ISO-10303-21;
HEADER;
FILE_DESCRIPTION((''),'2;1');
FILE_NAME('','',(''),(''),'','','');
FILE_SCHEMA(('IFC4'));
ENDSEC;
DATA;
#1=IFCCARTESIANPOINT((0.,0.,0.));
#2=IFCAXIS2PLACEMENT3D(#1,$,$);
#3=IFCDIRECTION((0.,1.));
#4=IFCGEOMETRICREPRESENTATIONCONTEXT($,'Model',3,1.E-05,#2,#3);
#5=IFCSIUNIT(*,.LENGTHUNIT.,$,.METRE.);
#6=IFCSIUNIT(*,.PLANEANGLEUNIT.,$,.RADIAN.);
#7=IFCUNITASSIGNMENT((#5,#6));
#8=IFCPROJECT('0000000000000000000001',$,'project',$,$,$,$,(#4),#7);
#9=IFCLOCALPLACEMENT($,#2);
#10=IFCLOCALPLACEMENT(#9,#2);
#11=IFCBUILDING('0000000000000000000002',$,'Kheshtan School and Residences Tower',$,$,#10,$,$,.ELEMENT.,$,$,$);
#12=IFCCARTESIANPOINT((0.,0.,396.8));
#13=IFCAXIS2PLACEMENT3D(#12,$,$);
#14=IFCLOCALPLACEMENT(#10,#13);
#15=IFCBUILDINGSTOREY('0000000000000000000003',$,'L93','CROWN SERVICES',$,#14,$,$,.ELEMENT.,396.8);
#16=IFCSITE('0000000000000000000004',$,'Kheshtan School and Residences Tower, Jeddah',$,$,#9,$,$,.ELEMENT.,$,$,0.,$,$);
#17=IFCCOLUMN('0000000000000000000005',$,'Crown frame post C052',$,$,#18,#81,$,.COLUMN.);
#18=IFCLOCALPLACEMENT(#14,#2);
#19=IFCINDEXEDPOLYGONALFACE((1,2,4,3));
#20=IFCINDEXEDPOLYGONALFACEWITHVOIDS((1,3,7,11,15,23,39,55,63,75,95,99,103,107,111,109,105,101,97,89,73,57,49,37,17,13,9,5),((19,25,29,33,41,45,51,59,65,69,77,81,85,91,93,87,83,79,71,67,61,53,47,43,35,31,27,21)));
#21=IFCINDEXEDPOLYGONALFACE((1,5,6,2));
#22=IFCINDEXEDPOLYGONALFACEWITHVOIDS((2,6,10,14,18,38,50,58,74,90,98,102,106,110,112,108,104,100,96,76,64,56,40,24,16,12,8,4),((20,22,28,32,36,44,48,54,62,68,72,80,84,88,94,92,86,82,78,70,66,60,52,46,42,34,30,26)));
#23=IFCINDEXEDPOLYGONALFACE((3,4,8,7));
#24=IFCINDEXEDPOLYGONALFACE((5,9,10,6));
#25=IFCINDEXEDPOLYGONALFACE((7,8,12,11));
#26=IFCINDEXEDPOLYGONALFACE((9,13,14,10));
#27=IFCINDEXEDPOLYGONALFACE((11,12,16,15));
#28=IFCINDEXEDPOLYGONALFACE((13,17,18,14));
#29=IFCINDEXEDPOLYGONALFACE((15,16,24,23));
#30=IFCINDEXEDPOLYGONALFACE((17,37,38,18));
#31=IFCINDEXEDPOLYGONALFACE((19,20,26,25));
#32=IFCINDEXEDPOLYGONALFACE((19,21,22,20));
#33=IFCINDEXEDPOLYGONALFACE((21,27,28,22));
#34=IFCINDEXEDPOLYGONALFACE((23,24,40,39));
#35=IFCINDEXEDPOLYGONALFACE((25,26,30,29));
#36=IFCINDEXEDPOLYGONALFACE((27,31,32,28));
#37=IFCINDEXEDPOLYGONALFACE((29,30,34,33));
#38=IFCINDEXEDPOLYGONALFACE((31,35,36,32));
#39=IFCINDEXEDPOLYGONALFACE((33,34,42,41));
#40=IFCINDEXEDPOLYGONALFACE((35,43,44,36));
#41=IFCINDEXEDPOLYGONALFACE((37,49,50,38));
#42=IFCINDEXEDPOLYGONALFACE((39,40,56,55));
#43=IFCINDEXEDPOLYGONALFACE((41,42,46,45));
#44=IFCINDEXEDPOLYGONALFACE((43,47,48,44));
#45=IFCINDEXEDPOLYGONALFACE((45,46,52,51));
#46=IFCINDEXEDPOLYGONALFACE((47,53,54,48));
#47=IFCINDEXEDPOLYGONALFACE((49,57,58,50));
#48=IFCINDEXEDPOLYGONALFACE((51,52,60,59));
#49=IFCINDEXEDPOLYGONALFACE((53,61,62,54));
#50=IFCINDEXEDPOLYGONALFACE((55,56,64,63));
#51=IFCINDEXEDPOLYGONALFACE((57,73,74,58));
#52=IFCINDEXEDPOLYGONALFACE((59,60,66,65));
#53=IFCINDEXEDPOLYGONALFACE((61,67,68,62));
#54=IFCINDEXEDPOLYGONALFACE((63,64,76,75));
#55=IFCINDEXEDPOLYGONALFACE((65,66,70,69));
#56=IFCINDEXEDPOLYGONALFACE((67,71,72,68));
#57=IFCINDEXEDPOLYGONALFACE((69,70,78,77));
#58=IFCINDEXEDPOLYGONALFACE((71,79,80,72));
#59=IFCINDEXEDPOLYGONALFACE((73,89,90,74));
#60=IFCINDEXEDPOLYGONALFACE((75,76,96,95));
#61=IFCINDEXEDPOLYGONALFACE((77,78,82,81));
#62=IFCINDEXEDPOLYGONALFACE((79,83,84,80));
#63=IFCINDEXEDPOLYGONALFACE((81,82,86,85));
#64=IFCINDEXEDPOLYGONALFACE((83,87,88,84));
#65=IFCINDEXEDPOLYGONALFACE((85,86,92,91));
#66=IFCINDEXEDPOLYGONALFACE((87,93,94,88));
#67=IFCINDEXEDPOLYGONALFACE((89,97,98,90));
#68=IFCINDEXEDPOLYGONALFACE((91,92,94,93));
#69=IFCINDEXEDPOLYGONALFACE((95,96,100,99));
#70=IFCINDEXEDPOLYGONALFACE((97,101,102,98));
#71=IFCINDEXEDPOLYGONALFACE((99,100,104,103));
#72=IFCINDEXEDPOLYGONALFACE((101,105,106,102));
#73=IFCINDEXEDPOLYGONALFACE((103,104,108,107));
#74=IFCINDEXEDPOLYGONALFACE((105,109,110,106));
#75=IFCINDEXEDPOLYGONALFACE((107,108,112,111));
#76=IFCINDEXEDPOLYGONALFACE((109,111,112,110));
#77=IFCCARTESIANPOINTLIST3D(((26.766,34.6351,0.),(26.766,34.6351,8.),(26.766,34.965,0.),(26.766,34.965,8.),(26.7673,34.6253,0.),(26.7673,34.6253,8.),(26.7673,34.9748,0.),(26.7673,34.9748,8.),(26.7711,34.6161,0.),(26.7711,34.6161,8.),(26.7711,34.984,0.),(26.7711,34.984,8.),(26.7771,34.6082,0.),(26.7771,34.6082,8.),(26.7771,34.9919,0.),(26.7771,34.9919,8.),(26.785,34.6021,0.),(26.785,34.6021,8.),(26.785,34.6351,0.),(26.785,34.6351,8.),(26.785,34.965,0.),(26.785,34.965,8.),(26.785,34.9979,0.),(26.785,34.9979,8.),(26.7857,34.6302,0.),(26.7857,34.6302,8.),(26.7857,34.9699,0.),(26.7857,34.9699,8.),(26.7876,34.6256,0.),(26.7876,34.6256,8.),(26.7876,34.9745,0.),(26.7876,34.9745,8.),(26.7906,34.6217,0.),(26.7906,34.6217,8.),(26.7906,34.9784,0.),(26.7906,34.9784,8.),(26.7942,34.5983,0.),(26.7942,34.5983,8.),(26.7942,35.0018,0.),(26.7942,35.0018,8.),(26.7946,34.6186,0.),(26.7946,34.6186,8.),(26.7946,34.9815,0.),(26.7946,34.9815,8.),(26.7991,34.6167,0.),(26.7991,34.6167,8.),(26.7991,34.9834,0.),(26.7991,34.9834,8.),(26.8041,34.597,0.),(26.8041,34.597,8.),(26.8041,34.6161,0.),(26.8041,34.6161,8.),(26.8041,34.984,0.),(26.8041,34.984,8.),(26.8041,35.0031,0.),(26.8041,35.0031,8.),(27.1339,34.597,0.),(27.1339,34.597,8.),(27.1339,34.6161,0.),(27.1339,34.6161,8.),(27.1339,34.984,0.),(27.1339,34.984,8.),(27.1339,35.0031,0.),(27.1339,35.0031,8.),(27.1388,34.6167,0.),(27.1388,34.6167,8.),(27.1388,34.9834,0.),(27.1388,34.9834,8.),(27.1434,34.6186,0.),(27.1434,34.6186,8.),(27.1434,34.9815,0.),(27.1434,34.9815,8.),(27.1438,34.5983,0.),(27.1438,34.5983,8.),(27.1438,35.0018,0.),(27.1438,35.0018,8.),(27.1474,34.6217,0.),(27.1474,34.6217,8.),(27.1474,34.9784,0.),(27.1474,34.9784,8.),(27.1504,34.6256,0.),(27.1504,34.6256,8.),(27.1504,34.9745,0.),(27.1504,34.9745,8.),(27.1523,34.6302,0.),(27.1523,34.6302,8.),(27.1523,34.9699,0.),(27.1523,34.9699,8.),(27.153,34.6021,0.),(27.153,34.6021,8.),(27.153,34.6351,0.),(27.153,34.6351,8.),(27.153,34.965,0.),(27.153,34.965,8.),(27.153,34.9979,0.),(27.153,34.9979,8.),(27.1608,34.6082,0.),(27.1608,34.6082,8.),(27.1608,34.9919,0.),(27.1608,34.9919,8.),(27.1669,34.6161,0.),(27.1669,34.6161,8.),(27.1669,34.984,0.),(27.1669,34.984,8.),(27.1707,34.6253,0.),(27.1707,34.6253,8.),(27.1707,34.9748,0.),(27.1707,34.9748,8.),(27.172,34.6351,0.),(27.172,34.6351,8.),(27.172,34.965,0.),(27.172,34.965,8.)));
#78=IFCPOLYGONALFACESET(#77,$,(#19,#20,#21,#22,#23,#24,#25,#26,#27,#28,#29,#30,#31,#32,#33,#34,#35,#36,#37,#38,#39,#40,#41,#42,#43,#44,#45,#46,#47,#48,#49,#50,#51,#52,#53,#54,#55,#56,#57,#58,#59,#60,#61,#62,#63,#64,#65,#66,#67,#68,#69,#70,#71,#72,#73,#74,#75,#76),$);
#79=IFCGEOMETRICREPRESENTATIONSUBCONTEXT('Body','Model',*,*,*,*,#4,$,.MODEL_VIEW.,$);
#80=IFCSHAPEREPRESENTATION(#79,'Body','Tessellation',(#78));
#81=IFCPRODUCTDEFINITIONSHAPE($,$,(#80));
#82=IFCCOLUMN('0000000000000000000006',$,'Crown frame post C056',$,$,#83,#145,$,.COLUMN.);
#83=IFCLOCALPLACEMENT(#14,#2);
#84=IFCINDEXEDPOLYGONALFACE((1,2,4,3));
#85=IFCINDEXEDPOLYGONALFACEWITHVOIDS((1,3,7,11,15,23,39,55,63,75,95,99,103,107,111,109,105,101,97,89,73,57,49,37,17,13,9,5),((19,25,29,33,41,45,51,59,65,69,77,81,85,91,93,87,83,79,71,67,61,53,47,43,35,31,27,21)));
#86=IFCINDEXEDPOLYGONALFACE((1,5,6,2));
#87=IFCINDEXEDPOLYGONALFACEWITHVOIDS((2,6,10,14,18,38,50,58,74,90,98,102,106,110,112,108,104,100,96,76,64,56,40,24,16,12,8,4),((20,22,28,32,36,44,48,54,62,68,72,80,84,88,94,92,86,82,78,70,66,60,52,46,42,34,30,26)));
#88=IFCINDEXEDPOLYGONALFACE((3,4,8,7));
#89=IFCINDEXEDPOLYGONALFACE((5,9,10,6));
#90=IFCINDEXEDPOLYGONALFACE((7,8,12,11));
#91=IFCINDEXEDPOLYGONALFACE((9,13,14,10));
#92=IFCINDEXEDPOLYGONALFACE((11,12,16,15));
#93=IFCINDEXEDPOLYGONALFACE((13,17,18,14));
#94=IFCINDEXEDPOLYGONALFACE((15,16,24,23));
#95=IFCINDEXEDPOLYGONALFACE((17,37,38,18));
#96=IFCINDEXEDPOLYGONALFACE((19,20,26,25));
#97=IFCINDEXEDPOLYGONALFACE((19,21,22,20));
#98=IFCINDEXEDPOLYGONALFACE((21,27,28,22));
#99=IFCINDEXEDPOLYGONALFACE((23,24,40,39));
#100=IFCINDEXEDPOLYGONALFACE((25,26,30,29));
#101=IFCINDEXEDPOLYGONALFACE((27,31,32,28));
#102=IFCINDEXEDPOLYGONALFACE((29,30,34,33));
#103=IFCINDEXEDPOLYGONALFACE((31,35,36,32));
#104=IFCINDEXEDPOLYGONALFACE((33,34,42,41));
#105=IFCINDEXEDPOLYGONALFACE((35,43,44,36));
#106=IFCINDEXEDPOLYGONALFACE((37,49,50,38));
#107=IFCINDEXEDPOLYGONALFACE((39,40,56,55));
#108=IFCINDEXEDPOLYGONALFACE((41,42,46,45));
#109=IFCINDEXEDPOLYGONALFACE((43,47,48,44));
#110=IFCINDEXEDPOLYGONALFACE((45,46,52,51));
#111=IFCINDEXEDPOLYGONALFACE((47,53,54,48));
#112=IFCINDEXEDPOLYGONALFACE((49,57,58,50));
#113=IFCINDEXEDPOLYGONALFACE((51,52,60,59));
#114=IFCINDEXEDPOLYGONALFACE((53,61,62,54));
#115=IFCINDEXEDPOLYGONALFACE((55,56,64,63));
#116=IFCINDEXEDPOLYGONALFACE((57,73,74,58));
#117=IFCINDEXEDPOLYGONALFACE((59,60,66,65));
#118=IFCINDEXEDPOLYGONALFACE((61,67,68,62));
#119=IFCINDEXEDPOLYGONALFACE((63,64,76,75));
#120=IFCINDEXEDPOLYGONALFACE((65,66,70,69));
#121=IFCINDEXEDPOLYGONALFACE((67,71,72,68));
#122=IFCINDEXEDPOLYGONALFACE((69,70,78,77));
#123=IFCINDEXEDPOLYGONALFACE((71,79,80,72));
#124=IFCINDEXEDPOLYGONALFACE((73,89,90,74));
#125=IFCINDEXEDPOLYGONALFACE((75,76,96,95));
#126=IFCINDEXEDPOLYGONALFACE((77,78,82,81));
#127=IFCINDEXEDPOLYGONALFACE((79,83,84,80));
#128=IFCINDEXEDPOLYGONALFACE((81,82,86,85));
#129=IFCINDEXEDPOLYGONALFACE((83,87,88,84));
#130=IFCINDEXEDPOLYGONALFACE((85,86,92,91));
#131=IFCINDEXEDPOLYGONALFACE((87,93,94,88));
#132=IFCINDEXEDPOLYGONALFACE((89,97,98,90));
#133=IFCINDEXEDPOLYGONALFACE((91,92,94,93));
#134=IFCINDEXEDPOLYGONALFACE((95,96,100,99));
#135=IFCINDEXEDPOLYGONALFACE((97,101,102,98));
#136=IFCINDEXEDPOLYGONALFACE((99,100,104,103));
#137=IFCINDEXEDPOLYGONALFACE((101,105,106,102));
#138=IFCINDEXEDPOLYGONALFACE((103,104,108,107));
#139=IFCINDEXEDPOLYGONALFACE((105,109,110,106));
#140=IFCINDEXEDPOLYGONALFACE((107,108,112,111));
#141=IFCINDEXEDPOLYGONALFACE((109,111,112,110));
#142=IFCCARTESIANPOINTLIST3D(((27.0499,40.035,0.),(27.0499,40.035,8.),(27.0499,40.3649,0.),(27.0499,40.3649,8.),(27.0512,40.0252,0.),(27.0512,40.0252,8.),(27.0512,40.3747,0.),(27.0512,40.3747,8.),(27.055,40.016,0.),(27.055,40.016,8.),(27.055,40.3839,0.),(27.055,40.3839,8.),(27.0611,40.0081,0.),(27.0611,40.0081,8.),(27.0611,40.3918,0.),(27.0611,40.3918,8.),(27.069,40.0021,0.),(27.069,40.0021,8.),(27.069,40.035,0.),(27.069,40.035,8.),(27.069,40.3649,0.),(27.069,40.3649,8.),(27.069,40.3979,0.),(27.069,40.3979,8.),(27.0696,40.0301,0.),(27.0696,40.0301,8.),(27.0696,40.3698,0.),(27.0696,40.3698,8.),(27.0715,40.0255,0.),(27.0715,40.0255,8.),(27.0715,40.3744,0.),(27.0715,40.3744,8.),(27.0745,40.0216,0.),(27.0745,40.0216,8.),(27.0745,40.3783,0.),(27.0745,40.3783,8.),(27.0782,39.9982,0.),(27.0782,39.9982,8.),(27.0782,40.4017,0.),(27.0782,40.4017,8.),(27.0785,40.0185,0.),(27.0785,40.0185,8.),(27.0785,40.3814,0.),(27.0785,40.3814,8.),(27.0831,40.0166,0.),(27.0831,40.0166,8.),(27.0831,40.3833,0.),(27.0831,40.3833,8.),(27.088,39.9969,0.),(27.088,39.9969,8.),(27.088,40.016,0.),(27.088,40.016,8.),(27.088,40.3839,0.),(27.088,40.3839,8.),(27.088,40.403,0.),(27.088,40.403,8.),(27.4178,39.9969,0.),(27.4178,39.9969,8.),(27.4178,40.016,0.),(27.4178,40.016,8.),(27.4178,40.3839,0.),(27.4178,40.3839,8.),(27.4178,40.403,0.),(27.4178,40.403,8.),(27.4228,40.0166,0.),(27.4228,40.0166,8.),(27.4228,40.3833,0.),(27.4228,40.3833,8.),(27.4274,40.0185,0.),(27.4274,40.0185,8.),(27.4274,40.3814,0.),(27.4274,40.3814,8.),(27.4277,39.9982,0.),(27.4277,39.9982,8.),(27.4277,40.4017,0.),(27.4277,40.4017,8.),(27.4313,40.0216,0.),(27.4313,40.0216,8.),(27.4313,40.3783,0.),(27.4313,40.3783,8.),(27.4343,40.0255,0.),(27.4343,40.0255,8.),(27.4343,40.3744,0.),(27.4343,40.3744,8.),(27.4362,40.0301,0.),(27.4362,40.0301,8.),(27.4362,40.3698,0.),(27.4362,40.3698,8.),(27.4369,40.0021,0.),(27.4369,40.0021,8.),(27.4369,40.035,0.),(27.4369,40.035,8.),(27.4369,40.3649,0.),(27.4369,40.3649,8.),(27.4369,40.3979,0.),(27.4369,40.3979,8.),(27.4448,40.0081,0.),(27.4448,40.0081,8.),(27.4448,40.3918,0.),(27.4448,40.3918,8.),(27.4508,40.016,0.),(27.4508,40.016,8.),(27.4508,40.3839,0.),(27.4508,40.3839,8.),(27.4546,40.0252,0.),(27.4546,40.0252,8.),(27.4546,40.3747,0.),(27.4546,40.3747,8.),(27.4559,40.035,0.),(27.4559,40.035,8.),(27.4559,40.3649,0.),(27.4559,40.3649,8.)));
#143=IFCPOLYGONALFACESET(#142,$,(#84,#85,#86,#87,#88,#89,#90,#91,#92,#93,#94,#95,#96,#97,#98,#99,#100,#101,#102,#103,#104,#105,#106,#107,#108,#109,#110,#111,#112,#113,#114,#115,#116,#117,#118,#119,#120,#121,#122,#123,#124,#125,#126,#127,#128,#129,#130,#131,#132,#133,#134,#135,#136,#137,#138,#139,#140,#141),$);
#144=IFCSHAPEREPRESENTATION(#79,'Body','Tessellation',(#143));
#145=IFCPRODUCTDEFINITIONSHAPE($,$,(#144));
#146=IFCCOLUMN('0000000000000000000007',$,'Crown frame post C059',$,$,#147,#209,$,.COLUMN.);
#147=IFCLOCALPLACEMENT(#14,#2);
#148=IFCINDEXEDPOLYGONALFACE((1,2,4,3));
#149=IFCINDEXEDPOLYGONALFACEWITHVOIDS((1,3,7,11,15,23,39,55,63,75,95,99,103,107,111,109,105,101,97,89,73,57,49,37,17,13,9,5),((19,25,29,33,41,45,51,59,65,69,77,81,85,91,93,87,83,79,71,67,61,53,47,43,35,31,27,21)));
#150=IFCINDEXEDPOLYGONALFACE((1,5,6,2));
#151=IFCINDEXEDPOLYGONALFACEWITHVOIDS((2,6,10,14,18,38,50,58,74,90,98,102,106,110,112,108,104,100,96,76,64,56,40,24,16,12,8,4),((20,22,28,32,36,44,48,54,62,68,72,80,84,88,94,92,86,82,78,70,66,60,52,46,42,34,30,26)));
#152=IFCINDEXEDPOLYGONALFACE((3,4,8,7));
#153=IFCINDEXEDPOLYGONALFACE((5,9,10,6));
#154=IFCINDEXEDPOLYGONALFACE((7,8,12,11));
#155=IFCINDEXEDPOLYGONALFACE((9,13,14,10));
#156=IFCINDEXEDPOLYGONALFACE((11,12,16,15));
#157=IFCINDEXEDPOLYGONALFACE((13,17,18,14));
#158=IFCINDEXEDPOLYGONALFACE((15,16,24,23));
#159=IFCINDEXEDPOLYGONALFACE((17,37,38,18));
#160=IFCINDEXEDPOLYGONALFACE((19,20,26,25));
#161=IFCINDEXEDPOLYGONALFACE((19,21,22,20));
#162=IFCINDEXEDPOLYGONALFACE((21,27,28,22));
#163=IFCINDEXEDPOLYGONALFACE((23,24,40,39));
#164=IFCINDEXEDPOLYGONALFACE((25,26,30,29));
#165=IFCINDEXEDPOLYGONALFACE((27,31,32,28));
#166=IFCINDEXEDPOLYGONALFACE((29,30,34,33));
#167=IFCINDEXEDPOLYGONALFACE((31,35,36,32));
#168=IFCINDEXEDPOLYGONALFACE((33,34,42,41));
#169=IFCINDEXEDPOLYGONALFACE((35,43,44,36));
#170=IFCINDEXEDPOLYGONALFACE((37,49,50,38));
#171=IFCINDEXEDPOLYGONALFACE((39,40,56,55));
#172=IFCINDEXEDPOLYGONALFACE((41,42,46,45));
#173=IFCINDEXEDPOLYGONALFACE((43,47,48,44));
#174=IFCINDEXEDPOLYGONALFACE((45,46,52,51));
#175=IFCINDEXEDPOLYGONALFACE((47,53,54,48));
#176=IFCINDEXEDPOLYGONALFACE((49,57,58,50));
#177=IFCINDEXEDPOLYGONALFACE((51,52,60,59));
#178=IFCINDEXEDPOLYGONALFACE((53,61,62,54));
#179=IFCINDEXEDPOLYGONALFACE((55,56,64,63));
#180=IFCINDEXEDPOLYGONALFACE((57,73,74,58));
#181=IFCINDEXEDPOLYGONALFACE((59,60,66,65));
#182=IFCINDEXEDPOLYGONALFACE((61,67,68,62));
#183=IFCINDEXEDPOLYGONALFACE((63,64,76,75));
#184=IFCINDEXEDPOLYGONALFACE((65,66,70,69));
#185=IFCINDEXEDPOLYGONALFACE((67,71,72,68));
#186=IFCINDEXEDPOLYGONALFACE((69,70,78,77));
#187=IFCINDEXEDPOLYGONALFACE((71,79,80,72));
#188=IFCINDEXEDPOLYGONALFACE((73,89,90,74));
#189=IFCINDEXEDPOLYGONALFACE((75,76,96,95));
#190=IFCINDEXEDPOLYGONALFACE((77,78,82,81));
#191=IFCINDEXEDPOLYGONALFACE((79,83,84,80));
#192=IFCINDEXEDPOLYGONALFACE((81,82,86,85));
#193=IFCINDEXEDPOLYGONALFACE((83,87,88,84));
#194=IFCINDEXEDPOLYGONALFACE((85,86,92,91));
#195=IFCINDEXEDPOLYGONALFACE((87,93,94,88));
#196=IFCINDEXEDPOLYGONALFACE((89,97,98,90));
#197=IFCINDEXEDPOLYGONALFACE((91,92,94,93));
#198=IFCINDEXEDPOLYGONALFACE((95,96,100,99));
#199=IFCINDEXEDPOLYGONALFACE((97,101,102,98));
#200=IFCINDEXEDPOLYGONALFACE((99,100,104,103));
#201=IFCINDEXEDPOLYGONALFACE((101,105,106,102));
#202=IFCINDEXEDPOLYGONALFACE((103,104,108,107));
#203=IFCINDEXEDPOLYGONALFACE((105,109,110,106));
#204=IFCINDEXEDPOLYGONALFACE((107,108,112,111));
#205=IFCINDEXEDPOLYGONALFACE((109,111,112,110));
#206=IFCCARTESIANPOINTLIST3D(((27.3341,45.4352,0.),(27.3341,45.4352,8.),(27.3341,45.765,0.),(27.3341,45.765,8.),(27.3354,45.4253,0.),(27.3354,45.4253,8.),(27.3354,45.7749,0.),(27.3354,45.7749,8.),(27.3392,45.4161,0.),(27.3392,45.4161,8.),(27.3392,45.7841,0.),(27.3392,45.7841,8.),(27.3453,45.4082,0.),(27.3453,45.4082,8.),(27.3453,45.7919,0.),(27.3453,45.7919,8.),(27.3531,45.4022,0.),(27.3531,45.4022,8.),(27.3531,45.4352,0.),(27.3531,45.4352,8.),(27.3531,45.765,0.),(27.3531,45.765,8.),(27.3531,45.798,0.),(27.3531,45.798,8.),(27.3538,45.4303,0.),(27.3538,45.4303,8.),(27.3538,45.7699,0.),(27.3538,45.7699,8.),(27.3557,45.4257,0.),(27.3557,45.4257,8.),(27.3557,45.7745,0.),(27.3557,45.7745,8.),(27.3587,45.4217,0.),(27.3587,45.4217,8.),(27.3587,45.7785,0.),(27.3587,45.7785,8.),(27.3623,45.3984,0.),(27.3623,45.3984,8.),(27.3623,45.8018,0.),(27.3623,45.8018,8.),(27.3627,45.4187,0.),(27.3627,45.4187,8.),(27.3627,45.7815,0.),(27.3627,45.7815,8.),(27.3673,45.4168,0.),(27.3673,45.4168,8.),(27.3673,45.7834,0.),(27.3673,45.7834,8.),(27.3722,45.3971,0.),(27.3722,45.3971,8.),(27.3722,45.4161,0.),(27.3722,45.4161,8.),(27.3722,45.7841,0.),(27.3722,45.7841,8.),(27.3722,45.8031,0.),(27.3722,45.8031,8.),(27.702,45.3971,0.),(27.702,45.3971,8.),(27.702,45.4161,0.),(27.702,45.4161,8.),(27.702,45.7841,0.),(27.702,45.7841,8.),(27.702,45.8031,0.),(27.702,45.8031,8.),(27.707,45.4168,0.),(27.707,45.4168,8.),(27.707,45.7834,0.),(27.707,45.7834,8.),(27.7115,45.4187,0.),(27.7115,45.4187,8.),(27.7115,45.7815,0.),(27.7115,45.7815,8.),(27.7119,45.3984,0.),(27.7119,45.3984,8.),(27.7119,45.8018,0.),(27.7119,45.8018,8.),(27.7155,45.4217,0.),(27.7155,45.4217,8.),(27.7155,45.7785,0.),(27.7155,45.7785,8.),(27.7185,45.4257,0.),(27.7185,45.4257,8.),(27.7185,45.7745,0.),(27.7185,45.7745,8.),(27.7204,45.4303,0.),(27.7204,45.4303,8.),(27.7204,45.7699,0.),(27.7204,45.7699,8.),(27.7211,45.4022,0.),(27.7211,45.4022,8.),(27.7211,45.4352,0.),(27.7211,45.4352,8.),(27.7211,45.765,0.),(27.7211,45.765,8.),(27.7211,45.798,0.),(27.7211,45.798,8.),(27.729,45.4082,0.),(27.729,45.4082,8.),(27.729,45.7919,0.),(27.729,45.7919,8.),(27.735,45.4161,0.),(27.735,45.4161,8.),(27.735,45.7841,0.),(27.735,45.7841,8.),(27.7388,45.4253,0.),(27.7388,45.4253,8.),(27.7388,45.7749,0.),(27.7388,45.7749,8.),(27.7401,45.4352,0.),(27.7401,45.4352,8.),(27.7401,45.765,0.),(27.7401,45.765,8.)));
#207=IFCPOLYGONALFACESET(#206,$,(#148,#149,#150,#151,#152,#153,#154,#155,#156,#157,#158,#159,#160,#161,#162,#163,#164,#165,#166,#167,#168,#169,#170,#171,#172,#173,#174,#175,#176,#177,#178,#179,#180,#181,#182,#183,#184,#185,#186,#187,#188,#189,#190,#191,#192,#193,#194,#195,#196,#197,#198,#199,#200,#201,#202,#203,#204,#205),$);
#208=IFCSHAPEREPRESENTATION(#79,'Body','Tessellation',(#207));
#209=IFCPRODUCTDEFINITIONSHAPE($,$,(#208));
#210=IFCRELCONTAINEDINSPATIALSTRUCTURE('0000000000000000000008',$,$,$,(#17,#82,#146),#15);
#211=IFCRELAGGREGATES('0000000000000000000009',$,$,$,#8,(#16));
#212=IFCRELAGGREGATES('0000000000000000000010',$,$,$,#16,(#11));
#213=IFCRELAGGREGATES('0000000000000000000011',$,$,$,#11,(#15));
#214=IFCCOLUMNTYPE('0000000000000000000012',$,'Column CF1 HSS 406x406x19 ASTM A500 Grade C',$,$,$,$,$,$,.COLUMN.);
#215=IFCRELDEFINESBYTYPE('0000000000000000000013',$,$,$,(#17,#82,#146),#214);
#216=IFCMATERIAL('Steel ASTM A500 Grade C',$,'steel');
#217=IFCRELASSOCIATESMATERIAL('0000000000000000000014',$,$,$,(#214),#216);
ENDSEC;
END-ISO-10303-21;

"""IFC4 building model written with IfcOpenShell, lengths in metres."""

from ifc_helpers import new_model, si_unit, direction, frame, origin, origin_2d, place, context, subcontext, project, spatial, hollow_rectangle, extrude, material, material_profile, profile_set, type_object, element, save


model = new_model("IFC4")

# Units and contexts
model_context = context("Model", 3, precision=1e-05, world=origin(), true_north=direction((0.0, 1.0)))
body_context = subcontext(model_context, "Body", "Model", "MODEL_VIEW")
ifc_project = project(units=[si_unit("LENGTHUNIT", "METRE"), si_unit("PLANEANGLEUNIT", "RADIAN")], contexts=[model_context])

# Site, building, storey
site_placement = place(None, origin())
site = spatial("IfcSite", under=ifc_project, at=site_placement, Name="Kheshtan School and Residences Tower, Jeddah", CompositionType="ELEMENT", RefElevation=0.0)
building_placement = place(site_placement, origin())
building = spatial("IfcBuilding", under=site, at=building_placement, Name="Kheshtan School and Residences Tower", CompositionType="ELEMENT")
storey_placement = place(building_placement, frame((0.0, 0.0, 396.8)))
storey = spatial("IfcBuildingStorey", under=building, at=storey_placement, Name="L93", Description="CROWN SERVICES", CompositionType="ELEMENT", Elevation=396.8)

# Columns
ifc_material_1 = material(Name="Steel ASTM A500 Grade C", Category="steel")
ifc_material_profile_1 = material_profile(ifc_material_1, hollow_rectangle(XDim=0.406, YDim=0.406, WallThickness=0.019, InnerFilletRadius=0.019, OuterFilletRadius=0.0381, at=origin_2d()), Name="HSS 406x406x19")
ifc_profile_set_1 = profile_set([ifc_material_profile_1], Name="Steel ASTM A500 Grade C")
column_type = type_object("IfcColumnType", Name="Column CF1 HSS 406x406x19 ASTM A500 Grade C", PredefinedType="COLUMN", material=ifc_profile_set_1)
for number, where, z_axis, x_axis, name in (
    (1, (26.969, 34.8, 0.0), (0.0, 0.0, 1.0), (1.0, 0.0, 0.0), "Crown frame post C052"),
    (2, (27.2529, 40.2, 0.0), (0.0, 0.0, 1.0), (1.0, 0.0, 0.0), "Crown frame post C056"),
    (3, (27.5371, 45.6001, 0.0), (0.0, 0.0, 1.0), (1.0, 0.0, 0.0), "Crown frame post C059"),
):
    element("IfcColumn", number, at=place(storey_placement, frame(where, z_axis=z_axis, x_axis=x_axis)), inside=storey, type_object=column_type, Name=name, PredefinedType="COLUMN", context=body_context, shape_type="SweptSolid", body=[
        extrude(hollow_rectangle(XDim=0.406, YDim=0.406, WallThickness=0.019, InnerFilletRadius=0.019, OuterFilletRadius=0.0381, at=origin_2d()), origin(), (0.0, 0.0, 1.0), 8.0),
    ])

save(model, "model.ifc")
